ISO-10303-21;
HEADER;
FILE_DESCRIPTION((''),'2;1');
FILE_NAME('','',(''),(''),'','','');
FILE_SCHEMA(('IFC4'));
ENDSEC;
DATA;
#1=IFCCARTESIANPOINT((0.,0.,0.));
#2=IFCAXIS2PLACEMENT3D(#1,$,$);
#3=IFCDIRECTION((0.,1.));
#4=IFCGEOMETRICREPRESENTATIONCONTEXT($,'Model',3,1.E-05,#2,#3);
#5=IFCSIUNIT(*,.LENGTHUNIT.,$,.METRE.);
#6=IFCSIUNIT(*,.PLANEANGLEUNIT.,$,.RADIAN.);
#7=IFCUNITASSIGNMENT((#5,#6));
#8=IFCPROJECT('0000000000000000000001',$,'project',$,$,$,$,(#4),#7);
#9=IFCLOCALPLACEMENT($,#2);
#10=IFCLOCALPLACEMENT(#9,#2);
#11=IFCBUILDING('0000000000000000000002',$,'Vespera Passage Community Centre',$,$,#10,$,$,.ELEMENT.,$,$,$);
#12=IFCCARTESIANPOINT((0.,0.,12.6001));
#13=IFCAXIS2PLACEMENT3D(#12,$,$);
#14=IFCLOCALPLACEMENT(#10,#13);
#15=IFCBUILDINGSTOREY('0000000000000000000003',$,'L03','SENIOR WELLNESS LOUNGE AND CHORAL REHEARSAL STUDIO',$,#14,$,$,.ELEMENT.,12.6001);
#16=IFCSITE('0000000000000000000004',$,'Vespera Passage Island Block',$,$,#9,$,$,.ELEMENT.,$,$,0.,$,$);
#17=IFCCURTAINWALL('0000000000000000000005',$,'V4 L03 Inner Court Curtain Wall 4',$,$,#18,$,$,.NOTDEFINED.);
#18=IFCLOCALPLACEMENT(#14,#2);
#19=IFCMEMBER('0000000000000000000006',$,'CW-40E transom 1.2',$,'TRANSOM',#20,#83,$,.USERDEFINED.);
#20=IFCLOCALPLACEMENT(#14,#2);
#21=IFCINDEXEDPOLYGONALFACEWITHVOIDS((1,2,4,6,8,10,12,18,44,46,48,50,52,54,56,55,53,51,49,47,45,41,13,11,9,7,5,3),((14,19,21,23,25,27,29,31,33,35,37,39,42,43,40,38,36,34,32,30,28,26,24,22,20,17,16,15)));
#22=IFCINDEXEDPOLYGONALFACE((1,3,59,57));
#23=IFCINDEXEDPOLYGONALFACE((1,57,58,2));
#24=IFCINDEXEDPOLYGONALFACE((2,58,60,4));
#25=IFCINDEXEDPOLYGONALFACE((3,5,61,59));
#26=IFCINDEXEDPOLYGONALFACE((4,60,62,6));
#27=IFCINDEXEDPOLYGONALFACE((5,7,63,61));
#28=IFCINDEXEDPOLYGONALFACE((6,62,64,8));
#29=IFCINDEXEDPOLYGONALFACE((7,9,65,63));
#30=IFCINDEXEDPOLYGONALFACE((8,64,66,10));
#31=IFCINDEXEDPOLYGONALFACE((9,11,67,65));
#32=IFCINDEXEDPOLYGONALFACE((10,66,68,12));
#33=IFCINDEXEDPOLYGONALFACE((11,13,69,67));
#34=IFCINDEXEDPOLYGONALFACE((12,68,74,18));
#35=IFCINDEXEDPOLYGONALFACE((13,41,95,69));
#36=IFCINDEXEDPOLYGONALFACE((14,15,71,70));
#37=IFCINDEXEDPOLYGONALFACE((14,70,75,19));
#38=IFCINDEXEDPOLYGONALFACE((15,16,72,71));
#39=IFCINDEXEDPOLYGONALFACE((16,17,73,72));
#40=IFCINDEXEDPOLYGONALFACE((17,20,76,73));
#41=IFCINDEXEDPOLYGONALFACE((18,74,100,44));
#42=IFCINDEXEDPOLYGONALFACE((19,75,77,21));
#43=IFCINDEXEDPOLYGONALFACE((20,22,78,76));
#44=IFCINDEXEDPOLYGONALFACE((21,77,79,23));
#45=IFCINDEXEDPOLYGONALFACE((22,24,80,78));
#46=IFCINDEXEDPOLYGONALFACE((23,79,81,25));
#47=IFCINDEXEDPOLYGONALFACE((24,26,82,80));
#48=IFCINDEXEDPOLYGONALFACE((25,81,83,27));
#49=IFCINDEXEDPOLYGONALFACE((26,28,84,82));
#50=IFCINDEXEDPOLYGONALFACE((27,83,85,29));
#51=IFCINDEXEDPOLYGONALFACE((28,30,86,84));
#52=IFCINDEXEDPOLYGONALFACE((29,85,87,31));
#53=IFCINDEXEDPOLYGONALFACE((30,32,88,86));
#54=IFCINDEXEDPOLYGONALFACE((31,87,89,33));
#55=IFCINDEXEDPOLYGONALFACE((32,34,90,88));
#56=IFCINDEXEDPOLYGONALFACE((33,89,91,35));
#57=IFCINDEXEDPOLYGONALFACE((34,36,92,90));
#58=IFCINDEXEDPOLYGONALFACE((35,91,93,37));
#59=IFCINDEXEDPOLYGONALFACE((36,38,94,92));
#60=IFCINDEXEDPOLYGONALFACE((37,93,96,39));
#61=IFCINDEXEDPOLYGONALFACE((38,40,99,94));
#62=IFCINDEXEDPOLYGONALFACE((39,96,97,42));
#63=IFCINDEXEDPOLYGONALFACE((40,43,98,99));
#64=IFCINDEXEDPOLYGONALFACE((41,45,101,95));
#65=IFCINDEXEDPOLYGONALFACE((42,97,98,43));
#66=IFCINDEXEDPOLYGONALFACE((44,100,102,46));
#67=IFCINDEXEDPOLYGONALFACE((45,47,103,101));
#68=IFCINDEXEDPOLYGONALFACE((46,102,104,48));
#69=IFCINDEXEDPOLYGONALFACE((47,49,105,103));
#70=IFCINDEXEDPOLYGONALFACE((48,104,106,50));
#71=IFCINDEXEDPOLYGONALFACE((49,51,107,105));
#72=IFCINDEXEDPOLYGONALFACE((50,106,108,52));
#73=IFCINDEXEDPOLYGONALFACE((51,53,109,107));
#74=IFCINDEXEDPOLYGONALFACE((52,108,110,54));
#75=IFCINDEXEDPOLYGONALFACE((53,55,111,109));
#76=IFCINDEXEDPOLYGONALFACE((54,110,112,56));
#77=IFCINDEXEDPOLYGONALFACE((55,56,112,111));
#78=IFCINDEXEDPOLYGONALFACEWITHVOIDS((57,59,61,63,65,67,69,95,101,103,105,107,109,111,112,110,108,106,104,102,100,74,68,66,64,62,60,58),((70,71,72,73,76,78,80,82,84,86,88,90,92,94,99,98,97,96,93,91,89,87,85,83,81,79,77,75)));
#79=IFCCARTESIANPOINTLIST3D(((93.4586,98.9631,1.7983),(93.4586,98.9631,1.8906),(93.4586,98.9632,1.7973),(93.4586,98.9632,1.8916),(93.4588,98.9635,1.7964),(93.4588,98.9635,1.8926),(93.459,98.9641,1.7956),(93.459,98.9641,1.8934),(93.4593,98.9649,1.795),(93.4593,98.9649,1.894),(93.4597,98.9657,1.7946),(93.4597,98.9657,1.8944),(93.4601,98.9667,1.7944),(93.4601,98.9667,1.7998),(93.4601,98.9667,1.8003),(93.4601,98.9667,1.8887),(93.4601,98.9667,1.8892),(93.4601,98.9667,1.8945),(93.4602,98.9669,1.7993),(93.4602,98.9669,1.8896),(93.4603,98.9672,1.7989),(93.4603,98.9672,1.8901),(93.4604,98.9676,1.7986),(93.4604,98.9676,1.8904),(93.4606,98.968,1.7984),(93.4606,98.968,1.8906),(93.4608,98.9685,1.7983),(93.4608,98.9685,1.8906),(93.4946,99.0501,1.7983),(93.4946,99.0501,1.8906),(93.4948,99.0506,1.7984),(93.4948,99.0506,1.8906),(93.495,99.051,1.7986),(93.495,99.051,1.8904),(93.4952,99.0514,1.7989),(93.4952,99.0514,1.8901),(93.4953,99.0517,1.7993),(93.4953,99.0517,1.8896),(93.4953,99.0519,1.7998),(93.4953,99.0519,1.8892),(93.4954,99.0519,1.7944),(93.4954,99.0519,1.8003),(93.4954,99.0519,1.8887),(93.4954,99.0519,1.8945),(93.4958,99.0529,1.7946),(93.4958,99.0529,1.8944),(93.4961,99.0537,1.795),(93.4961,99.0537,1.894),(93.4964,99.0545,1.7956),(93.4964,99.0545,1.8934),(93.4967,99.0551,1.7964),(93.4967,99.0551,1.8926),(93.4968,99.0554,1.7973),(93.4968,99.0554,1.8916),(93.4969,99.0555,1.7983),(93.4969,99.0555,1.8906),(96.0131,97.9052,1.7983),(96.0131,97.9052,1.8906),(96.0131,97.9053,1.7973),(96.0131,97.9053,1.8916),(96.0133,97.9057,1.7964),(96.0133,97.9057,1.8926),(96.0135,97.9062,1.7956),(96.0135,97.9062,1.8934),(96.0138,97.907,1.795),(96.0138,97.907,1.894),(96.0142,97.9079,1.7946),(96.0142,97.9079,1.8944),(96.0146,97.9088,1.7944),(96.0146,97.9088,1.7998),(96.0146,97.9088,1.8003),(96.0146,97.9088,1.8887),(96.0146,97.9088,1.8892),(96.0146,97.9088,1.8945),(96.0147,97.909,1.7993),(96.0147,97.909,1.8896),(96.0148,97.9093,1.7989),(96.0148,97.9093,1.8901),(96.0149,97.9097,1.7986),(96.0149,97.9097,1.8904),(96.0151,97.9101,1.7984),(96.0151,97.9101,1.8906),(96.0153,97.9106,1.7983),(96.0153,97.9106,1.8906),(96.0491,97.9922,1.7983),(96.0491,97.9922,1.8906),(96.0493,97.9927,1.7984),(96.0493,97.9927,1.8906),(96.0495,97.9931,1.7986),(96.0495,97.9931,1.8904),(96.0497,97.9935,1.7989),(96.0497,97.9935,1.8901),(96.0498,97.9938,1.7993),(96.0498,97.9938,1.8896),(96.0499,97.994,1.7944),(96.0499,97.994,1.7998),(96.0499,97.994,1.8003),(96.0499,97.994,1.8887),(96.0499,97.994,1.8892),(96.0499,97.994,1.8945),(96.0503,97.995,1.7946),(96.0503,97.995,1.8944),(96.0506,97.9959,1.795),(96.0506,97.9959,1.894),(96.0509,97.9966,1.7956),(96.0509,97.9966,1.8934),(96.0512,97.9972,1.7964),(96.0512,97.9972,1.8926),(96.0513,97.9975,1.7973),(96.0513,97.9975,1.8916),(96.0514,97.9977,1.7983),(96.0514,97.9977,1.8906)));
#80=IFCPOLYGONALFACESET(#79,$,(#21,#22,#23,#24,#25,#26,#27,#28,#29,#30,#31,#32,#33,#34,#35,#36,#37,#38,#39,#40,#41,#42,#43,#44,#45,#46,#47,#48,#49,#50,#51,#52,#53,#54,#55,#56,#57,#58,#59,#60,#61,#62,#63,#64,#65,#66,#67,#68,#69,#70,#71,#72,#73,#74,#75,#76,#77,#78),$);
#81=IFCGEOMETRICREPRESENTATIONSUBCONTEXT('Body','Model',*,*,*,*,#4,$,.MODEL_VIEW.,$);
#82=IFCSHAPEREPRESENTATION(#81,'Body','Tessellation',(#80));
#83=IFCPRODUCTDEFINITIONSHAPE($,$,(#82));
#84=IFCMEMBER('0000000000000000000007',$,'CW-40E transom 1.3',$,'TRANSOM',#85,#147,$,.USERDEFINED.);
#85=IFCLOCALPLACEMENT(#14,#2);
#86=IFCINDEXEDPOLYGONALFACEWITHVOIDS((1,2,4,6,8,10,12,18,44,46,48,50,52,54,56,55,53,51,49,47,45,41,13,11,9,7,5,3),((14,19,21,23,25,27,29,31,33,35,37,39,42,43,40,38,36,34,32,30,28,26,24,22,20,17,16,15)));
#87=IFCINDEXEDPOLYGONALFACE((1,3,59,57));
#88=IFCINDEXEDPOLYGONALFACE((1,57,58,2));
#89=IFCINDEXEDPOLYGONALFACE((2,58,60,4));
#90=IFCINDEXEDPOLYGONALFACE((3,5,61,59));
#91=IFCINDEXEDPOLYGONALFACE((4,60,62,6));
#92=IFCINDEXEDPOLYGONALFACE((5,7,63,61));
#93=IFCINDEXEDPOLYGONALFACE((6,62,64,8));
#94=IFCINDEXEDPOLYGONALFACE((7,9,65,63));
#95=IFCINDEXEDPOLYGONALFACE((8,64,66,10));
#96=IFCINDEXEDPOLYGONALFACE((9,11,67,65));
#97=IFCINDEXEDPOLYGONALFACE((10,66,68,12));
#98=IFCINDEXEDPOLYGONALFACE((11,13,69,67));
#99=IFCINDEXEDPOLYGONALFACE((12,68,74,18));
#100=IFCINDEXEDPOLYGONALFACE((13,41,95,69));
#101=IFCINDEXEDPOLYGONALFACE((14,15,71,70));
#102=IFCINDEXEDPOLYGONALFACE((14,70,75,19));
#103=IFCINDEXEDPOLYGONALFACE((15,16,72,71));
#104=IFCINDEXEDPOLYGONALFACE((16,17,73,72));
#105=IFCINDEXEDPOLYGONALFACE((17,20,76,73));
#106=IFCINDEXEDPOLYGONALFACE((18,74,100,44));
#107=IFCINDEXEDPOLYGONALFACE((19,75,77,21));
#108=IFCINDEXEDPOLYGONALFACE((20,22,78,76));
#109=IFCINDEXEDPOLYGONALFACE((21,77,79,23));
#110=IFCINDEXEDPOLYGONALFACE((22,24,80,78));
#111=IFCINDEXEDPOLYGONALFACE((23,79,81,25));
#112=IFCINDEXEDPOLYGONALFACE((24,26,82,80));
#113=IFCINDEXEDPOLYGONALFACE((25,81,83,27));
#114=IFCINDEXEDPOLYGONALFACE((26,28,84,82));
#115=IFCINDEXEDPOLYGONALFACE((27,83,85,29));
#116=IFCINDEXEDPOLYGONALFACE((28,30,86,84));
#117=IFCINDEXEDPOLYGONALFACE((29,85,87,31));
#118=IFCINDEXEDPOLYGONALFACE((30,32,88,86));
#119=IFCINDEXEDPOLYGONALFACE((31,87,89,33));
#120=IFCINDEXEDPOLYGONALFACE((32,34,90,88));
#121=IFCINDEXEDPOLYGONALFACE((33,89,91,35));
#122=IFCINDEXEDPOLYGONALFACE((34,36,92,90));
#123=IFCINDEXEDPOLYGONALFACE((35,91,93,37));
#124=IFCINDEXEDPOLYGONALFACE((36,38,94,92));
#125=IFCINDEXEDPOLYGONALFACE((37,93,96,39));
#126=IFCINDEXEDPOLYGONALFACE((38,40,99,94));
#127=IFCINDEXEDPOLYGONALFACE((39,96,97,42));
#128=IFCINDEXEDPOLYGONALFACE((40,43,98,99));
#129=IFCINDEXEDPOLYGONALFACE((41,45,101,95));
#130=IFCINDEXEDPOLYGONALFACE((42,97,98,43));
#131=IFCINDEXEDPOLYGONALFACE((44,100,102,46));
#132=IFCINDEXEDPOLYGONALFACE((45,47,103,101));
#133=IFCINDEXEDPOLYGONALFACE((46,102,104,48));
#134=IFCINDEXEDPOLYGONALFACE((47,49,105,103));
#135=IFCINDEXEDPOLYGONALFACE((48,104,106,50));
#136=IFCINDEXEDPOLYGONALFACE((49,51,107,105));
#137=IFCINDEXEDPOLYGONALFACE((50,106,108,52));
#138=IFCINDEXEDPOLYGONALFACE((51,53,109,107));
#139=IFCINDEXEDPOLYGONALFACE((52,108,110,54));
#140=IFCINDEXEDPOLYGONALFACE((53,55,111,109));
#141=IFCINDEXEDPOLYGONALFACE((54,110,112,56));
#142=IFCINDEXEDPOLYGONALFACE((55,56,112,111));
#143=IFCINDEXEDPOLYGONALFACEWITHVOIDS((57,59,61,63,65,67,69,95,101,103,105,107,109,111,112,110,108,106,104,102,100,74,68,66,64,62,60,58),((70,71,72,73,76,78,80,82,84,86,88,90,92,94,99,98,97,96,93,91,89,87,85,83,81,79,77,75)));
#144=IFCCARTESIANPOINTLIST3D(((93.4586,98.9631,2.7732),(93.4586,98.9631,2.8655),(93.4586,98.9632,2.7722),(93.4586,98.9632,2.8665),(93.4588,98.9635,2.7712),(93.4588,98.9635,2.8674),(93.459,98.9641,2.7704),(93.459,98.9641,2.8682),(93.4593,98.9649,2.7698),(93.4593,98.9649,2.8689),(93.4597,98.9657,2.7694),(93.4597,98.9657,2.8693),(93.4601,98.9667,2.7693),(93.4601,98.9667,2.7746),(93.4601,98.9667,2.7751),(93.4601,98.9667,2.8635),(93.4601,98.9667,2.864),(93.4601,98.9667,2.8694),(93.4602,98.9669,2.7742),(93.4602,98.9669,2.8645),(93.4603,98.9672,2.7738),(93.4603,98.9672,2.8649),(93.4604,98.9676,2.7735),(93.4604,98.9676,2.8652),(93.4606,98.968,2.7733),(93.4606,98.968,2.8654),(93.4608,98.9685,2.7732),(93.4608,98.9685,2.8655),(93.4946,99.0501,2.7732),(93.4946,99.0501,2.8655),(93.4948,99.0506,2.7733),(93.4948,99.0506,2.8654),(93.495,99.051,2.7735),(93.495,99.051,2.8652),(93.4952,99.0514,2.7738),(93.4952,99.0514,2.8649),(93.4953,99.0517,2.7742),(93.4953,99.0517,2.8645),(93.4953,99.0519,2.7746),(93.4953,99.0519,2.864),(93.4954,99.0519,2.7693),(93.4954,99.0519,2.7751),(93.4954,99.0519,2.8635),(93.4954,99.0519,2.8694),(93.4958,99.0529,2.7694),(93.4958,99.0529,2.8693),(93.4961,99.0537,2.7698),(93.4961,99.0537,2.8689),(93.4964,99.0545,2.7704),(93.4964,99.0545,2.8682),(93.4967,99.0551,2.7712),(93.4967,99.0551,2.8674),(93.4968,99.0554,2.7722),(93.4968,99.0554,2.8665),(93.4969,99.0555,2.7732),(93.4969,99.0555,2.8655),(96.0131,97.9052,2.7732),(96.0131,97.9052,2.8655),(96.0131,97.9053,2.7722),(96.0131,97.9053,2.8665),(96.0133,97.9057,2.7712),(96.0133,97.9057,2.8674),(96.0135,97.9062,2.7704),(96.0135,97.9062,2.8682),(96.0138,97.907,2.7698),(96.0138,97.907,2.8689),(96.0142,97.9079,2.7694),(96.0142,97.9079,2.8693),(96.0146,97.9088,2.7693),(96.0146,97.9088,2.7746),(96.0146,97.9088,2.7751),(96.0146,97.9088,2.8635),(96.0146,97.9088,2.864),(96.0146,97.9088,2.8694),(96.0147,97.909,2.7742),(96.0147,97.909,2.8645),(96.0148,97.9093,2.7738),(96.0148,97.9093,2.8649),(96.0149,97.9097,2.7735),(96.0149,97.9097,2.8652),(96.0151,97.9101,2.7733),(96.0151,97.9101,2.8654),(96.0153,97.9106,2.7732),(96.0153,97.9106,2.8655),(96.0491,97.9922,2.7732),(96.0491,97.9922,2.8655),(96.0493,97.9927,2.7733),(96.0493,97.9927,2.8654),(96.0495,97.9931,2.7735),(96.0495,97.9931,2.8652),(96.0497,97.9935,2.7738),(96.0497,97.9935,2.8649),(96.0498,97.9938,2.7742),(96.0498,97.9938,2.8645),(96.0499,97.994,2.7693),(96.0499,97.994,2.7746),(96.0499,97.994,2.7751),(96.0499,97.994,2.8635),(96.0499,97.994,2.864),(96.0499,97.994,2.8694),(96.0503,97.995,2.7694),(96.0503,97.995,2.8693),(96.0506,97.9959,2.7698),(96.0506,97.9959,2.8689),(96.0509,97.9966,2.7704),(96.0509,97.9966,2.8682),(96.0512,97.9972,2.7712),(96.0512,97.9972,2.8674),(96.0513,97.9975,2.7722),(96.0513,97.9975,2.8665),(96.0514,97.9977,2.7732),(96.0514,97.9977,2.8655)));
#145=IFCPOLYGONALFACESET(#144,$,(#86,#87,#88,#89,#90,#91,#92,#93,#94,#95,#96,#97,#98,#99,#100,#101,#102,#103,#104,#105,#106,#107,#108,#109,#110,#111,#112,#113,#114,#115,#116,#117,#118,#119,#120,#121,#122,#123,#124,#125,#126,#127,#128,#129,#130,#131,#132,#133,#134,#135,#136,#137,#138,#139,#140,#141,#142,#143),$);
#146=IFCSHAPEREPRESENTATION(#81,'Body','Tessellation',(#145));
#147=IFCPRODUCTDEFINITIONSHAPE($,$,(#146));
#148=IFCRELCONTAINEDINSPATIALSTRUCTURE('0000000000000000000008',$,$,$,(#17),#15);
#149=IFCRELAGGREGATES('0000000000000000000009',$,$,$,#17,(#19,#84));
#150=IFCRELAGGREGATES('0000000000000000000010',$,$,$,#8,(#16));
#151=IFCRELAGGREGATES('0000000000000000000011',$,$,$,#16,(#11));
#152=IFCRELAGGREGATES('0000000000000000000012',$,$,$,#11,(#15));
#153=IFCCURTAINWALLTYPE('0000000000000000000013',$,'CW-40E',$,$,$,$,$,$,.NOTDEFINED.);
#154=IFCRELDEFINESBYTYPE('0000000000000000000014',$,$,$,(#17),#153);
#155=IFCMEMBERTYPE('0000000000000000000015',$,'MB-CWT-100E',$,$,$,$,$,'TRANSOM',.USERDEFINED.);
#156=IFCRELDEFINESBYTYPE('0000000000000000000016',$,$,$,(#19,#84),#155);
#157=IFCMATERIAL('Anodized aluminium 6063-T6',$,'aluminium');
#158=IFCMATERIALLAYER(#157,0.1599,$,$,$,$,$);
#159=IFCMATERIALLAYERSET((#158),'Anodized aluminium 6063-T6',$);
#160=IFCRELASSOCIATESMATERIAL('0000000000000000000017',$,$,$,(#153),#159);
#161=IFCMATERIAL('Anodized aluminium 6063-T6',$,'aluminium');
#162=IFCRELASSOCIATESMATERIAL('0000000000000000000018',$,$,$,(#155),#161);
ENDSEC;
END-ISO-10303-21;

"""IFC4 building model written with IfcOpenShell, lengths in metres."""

from ifc_helpers import new_model, si_unit, direction, frame, origin, origin_2d, place, context, subcontext, project, spatial, hollow_rectangle, extrude, material, layer, layer_set, material_profile, profile_set, type_object, element, aggregate, save


model = new_model("IFC4")

# Units and contexts
model_context = context("Model", 3, precision=1e-05, world=origin(), true_north=direction((0.0, 1.0)))
body_context = subcontext(model_context, "Body", "Model", "MODEL_VIEW")
ifc_project = project(units=[si_unit("LENGTHUNIT", "METRE"), si_unit("PLANEANGLEUNIT", "RADIAN")], contexts=[model_context])

# Site, building, storey
site_placement = place(None, origin())
site = spatial("IfcSite", under=ifc_project, at=site_placement, Name="Vespera Passage Island Block", CompositionType="ELEMENT", RefElevation=0.0)
building_placement = place(site_placement, origin())
building = spatial("IfcBuilding", under=site, at=building_placement, Name="Vespera Passage Community Centre", CompositionType="ELEMENT")
storey_placement = place(building_placement, frame((0.0, 0.0, 12.6001)))
storey = spatial("IfcBuildingStorey", under=building, at=storey_placement, Name="L03", Description="SENIOR WELLNESS LOUNGE AND CHORAL REHEARSAL STUDIO", CompositionType="ELEMENT", Elevation=12.6001)

# Curtain wall, members
ifc_material_1 = material(Name="Anodized aluminium 6063-T6", Category="aluminium")
ifc_layer_1 = layer(ifc_material_1, 0.1599)
ifc_layer_set_1 = layer_set([ifc_layer_1], Name="Anodized aluminium 6063-T6")
curtain_wall_type = type_object("IfcCurtainWallType", Name="CW-40E", PredefinedType="NOTDEFINED", material=ifc_layer_set_1)
curtain_wall_placement = place(storey_placement, origin())
curtain_wall = element("IfcCurtainWall", 1, at=curtain_wall_placement, inside=storey, type_object=curtain_wall_type, Name="V4 L03 Inner Court Curtain Wall 4", PredefinedType="NOTDEFINED")
ifc_material_2 = material(Name="Anodized aluminium 6063-T6", Category="aluminium")
ifc_material_profile_1 = material_profile(ifc_material_2, hollow_rectangle(XDim=0.1001, YDim=0.1001, WallThickness=0.0039, InnerFilletRadius=0.002, OuterFilletRadius=0.0039, at=origin_2d()), Name="ALU100X100X4")
ifc_profile_set_1 = profile_set([ifc_material_profile_1], Name="Anodized aluminium 6063-T6")
member_type_1 = type_object("IfcMemberType", Name="MB-CWT-100E", ElementType="TRANSOM", PredefinedType="USERDEFINED", material=ifc_profile_set_1)
member_1_placement = place(storey_placement, frame((96.0322, 97.9514, 1.8445), z_axis=(-0.923908, 0.382614, 0.0), x_axis=(-0.382614, -0.923908, 0.0)))
member_1 = element("IfcMember", 2, at=member_1_placement, type_object=member_type_1, Name="CW-40E transom 1.2", ObjectType="TRANSOM", PredefinedType="USERDEFINED", context=body_context, shape_type="SweptSolid", body=[
    extrude(hollow_rectangle(XDim=0.1001, YDim=0.1001, WallThickness=0.0039, InnerFilletRadius=0.002, OuterFilletRadius=0.0039, at=origin_2d()), origin(), (0.0, 0.0, 1.0), 2.7649),
])
member_2_placement = place(storey_placement, frame((96.0322, 97.9514, 2.8193), z_axis=(-0.923908, 0.382614, 0.0), x_axis=(-0.382614, -0.923908, 0.0)))
member_2 = element("IfcMember", 3, at=member_2_placement, type_object=member_type_1, Name="CW-40E transom 1.3", ObjectType="TRANSOM", PredefinedType="USERDEFINED", context=body_context, shape_type="SweptSolid", body=[
    extrude(hollow_rectangle(XDim=0.1001, YDim=0.1001, WallThickness=0.0039, InnerFilletRadius=0.002, OuterFilletRadius=0.0039, at=origin_2d()), origin(), (0.0, 0.0, 1.0), 2.7649),
])
aggregate(curtain_wall, [member_1, member_2])

save(model, "model.ifc")
